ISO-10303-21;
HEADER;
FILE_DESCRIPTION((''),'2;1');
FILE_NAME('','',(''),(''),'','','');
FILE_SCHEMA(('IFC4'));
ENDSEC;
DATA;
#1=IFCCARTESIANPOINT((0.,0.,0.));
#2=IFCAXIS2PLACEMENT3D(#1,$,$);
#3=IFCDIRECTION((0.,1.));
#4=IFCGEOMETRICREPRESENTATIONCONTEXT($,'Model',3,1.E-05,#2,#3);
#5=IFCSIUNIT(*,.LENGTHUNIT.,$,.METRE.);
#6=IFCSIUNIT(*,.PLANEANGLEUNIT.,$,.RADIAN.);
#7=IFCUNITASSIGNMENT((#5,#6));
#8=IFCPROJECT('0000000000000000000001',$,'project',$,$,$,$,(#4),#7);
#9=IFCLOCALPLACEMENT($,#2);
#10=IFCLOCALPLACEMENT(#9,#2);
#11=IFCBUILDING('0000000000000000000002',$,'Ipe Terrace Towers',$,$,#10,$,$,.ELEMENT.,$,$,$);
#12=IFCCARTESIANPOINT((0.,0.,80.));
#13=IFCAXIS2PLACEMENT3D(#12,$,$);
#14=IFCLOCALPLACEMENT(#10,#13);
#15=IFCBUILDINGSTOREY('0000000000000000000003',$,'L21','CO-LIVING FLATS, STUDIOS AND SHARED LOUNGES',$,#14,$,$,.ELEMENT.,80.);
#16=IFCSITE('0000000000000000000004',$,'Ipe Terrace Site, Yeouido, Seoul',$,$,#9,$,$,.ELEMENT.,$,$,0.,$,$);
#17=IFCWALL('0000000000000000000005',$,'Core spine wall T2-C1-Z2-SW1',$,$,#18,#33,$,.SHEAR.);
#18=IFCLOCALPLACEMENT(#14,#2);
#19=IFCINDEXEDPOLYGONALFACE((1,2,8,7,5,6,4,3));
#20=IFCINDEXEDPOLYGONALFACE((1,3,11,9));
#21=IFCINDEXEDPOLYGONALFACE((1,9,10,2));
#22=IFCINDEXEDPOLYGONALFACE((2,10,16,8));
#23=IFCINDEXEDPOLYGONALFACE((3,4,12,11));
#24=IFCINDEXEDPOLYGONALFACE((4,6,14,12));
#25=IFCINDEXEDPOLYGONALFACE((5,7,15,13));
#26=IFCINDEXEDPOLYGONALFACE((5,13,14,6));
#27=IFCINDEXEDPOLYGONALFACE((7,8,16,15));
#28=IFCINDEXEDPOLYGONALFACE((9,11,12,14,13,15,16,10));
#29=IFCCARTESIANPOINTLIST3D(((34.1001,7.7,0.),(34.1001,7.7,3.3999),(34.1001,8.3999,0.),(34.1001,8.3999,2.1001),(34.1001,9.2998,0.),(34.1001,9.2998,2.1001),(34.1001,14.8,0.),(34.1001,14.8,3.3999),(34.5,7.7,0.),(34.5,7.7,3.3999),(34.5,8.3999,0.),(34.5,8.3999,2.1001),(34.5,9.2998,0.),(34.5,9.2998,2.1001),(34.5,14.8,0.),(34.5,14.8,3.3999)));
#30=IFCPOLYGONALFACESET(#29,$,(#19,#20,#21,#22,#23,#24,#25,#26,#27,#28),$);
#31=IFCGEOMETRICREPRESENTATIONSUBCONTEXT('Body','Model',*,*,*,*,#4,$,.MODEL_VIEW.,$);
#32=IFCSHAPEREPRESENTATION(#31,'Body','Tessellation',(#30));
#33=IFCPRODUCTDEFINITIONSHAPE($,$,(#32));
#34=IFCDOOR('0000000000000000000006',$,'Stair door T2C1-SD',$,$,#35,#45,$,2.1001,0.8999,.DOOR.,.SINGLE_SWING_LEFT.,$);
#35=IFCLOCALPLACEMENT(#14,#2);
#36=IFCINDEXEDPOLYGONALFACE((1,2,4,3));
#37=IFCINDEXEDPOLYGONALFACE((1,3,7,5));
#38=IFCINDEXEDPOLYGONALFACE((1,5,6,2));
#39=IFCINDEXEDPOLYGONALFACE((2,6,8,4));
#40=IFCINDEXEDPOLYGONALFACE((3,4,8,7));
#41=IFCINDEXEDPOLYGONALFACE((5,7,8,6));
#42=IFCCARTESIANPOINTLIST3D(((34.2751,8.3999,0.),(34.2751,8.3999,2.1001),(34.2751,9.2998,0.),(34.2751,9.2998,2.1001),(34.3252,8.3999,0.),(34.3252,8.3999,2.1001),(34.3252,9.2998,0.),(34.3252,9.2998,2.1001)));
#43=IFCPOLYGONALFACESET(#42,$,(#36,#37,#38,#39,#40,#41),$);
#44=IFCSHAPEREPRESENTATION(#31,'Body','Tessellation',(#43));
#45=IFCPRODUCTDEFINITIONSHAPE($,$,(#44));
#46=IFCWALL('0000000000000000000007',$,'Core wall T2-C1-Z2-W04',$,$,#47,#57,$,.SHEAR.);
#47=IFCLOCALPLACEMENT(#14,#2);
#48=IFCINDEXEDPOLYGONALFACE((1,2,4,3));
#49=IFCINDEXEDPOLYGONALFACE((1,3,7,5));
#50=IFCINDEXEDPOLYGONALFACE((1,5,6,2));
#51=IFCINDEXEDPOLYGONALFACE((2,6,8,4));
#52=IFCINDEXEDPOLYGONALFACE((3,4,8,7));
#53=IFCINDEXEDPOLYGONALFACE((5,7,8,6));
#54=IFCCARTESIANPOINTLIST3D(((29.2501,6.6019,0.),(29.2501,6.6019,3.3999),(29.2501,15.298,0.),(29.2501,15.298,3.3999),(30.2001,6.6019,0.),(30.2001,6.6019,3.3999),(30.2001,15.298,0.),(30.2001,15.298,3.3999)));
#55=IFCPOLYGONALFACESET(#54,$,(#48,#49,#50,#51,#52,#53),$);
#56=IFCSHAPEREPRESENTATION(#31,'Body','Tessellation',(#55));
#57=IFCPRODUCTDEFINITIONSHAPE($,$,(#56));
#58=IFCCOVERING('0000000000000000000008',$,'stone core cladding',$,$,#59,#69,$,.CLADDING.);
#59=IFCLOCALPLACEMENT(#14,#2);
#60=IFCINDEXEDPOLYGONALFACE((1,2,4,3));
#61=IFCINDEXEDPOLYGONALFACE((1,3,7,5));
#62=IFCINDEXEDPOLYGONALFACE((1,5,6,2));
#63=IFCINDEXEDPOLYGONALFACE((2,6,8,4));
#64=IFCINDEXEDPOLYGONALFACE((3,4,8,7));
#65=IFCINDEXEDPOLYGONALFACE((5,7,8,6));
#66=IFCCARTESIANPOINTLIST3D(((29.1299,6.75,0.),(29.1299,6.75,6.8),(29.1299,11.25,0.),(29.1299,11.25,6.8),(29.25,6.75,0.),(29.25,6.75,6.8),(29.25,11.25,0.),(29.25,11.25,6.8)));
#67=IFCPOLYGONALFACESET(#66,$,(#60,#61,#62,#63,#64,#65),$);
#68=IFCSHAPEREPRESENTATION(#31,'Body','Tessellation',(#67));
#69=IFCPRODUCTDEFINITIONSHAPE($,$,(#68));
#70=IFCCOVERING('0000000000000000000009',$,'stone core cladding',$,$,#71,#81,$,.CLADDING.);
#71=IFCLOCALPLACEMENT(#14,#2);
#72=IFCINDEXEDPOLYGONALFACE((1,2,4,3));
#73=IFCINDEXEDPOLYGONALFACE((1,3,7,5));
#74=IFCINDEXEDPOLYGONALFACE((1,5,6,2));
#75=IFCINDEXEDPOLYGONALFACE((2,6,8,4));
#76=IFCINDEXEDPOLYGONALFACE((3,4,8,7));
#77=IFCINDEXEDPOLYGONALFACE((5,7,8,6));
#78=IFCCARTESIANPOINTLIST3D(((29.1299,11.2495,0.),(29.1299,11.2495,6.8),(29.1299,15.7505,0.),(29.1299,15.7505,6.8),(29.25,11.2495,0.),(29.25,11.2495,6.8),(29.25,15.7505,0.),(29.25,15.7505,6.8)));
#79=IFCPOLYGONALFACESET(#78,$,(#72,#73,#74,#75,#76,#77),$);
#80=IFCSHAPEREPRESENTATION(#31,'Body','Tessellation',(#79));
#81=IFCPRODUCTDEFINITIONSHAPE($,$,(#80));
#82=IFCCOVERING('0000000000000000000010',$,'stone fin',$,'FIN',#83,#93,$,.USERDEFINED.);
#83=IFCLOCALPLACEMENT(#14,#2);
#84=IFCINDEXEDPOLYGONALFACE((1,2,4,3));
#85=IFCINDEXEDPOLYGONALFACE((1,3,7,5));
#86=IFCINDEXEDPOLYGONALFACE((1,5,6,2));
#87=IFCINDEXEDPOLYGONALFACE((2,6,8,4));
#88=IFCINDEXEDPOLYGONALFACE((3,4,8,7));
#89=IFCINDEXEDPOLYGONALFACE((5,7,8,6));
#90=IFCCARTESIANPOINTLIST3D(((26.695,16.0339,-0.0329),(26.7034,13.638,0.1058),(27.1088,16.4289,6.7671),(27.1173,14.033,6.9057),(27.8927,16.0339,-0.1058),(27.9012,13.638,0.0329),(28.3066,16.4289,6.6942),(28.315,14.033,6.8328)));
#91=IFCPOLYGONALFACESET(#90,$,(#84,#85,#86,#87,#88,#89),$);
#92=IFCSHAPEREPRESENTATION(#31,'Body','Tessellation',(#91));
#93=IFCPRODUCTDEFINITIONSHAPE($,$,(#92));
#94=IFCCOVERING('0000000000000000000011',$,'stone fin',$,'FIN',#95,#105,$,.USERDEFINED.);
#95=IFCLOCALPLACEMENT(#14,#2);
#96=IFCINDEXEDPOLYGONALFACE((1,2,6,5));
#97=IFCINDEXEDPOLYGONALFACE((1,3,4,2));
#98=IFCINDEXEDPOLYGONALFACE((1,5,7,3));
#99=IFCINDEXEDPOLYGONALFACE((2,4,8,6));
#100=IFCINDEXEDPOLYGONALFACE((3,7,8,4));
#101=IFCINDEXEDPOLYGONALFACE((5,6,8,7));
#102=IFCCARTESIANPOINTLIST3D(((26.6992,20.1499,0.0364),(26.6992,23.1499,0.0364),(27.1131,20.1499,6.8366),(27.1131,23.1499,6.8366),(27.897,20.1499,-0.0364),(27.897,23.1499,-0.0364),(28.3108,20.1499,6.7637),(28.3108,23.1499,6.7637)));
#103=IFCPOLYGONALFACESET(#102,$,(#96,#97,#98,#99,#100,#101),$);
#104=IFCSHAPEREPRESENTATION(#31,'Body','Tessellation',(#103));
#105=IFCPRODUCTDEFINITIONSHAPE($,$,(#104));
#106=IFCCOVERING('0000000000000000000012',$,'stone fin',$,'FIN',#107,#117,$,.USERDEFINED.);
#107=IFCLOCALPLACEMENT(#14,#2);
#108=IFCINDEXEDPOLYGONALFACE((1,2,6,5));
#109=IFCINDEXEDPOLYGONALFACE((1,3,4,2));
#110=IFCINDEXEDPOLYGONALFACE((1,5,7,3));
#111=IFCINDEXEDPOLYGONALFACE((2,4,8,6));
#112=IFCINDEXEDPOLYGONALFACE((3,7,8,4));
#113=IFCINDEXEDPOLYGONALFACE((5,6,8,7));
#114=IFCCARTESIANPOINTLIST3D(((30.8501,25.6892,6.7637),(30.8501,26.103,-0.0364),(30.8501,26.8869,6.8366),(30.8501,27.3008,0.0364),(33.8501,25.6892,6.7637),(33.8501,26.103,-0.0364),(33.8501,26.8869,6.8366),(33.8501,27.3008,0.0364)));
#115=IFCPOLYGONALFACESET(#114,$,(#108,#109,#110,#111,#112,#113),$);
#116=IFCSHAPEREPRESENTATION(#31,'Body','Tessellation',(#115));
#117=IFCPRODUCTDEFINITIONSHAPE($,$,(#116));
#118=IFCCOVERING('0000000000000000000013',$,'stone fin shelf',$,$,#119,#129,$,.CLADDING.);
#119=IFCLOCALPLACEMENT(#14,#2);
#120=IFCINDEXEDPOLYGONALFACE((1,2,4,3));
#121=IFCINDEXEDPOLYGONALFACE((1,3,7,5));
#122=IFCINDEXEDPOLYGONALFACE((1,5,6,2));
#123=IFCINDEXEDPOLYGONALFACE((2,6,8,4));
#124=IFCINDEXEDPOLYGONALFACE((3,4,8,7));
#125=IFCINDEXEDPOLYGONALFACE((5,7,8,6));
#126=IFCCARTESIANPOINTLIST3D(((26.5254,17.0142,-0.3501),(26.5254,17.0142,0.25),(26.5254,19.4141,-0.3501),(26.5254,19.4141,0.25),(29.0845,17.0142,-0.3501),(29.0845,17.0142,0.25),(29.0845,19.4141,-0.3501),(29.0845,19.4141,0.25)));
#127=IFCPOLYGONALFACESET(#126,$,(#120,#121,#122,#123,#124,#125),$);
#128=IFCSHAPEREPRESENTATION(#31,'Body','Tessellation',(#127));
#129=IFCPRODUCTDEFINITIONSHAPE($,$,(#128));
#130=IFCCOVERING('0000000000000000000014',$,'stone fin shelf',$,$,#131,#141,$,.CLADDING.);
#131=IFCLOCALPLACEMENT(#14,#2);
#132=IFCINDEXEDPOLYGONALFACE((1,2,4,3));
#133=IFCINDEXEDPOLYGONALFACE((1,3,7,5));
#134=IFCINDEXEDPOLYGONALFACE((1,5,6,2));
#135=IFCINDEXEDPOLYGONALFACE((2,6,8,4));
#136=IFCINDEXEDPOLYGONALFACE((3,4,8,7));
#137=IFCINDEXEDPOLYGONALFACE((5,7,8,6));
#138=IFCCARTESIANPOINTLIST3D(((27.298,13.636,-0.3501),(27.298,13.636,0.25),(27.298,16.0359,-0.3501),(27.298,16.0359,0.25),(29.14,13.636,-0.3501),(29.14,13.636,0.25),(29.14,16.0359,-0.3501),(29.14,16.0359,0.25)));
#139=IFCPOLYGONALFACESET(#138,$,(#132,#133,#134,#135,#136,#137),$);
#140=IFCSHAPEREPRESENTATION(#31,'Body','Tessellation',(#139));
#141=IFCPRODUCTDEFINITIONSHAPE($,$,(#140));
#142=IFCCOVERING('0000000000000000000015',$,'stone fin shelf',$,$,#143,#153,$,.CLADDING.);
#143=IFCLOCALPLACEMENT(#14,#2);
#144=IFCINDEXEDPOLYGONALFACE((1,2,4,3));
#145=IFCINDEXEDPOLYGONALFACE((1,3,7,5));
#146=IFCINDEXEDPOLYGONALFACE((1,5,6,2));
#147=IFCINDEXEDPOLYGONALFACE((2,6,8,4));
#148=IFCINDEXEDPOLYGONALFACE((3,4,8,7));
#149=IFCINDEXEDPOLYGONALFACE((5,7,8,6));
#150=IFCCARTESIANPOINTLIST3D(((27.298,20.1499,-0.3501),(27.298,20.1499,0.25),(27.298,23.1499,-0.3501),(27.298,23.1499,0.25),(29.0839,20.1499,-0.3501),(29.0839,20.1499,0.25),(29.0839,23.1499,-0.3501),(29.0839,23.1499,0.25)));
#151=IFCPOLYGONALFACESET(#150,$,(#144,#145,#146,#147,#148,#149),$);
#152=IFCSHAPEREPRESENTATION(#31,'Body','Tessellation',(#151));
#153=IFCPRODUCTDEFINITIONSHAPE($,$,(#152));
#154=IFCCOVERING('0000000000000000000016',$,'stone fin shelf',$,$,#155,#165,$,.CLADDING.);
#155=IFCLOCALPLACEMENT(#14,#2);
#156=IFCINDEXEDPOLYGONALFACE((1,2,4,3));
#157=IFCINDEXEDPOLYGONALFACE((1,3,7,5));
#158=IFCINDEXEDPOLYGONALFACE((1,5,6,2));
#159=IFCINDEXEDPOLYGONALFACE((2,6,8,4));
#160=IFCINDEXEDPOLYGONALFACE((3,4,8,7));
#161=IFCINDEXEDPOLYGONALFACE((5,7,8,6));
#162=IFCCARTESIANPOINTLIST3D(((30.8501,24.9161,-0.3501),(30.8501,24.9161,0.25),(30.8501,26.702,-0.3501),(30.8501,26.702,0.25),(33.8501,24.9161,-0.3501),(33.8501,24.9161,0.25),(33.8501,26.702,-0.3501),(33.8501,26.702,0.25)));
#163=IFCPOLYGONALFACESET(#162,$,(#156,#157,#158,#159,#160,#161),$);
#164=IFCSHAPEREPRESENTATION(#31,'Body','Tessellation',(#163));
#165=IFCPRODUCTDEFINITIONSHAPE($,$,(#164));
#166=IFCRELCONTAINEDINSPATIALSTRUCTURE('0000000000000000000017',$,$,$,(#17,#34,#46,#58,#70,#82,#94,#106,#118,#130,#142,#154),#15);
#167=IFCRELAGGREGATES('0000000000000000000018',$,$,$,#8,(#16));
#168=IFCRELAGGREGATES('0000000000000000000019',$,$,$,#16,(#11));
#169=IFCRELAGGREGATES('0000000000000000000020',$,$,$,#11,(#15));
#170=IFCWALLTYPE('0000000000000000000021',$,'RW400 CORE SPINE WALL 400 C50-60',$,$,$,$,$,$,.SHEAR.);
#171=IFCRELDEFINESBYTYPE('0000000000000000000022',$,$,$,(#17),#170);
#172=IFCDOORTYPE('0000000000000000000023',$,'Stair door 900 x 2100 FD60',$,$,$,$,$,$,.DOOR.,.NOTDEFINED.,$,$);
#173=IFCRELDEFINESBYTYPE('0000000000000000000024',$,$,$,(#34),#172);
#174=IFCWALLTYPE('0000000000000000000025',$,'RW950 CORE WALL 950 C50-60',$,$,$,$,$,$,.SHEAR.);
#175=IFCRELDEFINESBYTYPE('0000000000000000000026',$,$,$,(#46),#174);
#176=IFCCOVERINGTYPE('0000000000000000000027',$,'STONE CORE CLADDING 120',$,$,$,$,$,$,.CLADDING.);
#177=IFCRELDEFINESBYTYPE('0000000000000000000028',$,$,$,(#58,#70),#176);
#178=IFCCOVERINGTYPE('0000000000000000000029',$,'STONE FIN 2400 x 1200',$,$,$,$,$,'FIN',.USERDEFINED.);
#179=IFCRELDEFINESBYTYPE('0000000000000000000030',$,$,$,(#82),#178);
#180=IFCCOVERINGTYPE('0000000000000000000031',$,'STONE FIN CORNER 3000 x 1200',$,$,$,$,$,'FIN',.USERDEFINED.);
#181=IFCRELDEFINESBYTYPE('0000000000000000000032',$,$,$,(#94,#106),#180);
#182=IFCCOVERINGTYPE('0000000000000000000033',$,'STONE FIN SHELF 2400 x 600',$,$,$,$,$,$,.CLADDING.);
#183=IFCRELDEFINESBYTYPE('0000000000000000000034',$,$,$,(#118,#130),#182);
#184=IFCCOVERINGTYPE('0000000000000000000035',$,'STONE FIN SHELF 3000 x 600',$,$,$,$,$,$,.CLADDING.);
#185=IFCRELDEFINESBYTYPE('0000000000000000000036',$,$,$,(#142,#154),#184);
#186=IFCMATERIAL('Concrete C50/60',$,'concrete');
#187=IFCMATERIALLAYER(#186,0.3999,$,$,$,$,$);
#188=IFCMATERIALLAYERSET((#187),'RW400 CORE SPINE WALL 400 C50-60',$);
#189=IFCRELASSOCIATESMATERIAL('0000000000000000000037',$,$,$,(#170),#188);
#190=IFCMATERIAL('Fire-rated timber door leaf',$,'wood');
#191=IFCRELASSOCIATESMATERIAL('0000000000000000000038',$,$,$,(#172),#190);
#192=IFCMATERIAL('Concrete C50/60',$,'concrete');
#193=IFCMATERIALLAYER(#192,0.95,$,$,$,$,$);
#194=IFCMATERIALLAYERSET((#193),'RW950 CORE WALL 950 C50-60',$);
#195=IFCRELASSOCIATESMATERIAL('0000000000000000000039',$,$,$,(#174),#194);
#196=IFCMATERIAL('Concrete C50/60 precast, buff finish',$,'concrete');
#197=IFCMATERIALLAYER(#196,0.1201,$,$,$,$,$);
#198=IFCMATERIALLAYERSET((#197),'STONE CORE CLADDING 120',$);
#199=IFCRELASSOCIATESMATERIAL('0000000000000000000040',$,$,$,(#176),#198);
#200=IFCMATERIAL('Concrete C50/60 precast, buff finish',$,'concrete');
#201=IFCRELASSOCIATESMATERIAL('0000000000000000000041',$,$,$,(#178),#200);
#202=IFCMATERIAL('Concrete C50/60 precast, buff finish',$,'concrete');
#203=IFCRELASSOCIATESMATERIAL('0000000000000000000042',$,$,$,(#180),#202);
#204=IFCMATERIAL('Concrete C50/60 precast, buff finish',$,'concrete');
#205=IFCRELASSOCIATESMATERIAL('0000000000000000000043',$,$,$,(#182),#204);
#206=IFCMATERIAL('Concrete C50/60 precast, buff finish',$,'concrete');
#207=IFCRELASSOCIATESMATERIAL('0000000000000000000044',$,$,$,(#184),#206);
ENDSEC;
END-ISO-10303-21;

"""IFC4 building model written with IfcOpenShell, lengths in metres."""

from ifc_helpers import new_model, si_unit, direction, frame, frame_2d, origin, origin_2d, place, context, subcontext, project, spatial, rectangle, extrude, material, layer, layer_set, material_profile, profile_set, type_object, element, fill, save


model = new_model("IFC4")

# Units and contexts
model_context = context("Model", 3, precision=1e-05, world=origin(), true_north=direction((0.0, 1.0)))
body_context = subcontext(model_context, "Body", "Model", "MODEL_VIEW")
ifc_project = project(units=[si_unit("LENGTHUNIT", "METRE"), si_unit("PLANEANGLEUNIT", "RADIAN")], contexts=[model_context])

# Site, building, storey
site_placement = place(None, origin())
site = spatial("IfcSite", under=ifc_project, at=site_placement, Name="Ipe Terrace Site, Yeouido, Seoul", CompositionType="ELEMENT", RefElevation=0.0)
building_placement = place(site_placement, origin())
building = spatial("IfcBuilding", under=site, at=building_placement, Name="Ipe Terrace Towers", CompositionType="ELEMENT")
storey_placement = place(building_placement, frame((0.0, 0.0, 80.0)))
storey = spatial("IfcBuildingStorey", under=building, at=storey_placement, Name="L21", Description="CO-LIVING FLATS, STUDIOS AND SHARED LOUNGES", CompositionType="ELEMENT", Elevation=80.0)

# Wall, opening, door
ifc_material_1 = material(Name="Concrete C50/60", Category="concrete")
ifc_layer_1 = layer(ifc_material_1, 0.3999)
ifc_layer_set_1 = layer_set([ifc_layer_1], Name="RW400 CORE SPINE WALL 400 C50-60")
wall_type_1 = type_object("IfcWallType", Name="RW400 CORE SPINE WALL 400 C50-60", PredefinedType="SHEAR", material=ifc_layer_set_1)
wall_1_placement = place(storey_placement, frame((34.3, 7.7, 0.0), z_axis=(0.0, 0.0, 1.0), x_axis=(0.0, 1.0, 0.0)))
wall_1 = element("IfcWall", 1, at=wall_1_placement, inside=storey, type_object=wall_type_1, Name="Core spine wall T2-C1-Z2-SW1", PredefinedType="SHEAR", context=body_context, shape_type="SweptSolid", body=[
    extrude(rectangle(XDim=7.1001, YDim=0.3999, at=frame_2d((3.55, 0.0))), origin(), (0.0, 0.0, 1.0), 3.3999),
])
opening_1_placement = place(wall_1_placement, frame((0.7, 0.0, 0.0)))
opening_1 = element("IfcOpeningElement", 2, at=opening_1_placement, cuts=wall_1, PredefinedType="OPENING", context=body_context, shape_type="SweptSolid", body=[
    extrude(rectangle(XDim=0.8999, YDim=2.1001, at=frame_2d((0.45, 1.05))), frame((0.0, 0.21, 0.0), z_axis=(0.0, -1.0, 0.0), x_axis=(1.0, 0.0, 0.0)), (0.0, 0.0, 1.0), 0.4199),
])
ifc_material_2 = material(Name="Fire-rated timber door leaf", Category="wood")
door_type_1 = type_object("IfcDoorType", Name="Stair door 900 x 2100 FD60", OperationType="NOTDEFINED", PredefinedType="DOOR", material=ifc_material_2)
door_1_placement = place(opening_1_placement, origin())
door_1 = element("IfcDoor", 3, at=door_1_placement, inside=storey, type_object=door_type_1, Name="Stair door T2C1-SD", OperationType="SINGLE_SWING_LEFT", OverallHeight=2.1001, OverallWidth=0.8999, PredefinedType="DOOR", context=body_context, shape_type="SweptSolid", body=[
    extrude(rectangle(XDim=0.8999, YDim=2.1001, at=frame_2d((0.45, 1.05))), frame((0.0, 0.0249, 0.0), z_axis=(0.0, -1.0, 0.0), x_axis=(1.0, 0.0, 0.0)), (0.0, 0.0, 1.0), 0.05),
])
fill(opening_1, door_1)

# Wall
ifc_material_3 = material(Name="Concrete C50/60", Category="concrete")
ifc_layer_2 = layer(ifc_material_3, 0.95)
ifc_layer_set_2 = layer_set([ifc_layer_2], Name="RW950 CORE WALL 950 C50-60")
wall_type_2 = type_object("IfcWallType", Name="RW950 CORE WALL 950 C50-60", PredefinedType="SHEAR", material=ifc_layer_set_2)
wall_2_placement = place(storey_placement, frame((29.7251, 15.2981, 0.0), z_axis=(0.0, 0.0, 1.0), x_axis=(0.0, -1.0, 0.0)))
element("IfcWall", 4, at=wall_2_placement, inside=storey, type_object=wall_type_2, Name="Core wall T2-C1-Z2-W04", PredefinedType="SHEAR", context=body_context, shape_type="SweptSolid", body=[
    extrude(rectangle(XDim=8.696, YDim=0.95, at=frame_2d((4.3481, 0.0))), origin(), (0.0, 0.0, 1.0), 3.3999),
])

# Coverings
ifc_material_4 = material(Name="Concrete C50/60 precast, buff finish", Category="concrete")
ifc_layer_3 = layer(ifc_material_4, 0.1201)
ifc_layer_set_3 = layer_set([ifc_layer_3], Name="STONE CORE CLADDING 120")
covering_type_1 = type_object("IfcCoveringType", Name="STONE CORE CLADDING 120", PredefinedType="CLADDING", material=ifc_layer_set_3)
covering_1_placement = place(storey_placement, frame((29.1899, 9.0, 0.0), z_axis=(0.0, 0.0, 1.0), x_axis=(0.0, -1.0, 0.0)))
element("IfcCovering", 5, at=covering_1_placement, inside=storey, type_object=covering_type_1, Name="stone core cladding", PredefinedType="CLADDING", context=body_context, shape_type="SweptSolid", body=[
    extrude(rectangle(XDim=4.5, YDim=0.1201, at=origin_2d()), origin(), (0.0, 0.0, 1.0), 6.8),
])
covering_2_placement = place(storey_placement, frame((29.1899, 13.5, 0.0), z_axis=(0.0, 0.0, 1.0), x_axis=(0.0, -1.0, 0.0)))
element("IfcCovering", 6, at=covering_2_placement, inside=storey, type_object=covering_type_1, Name="stone core cladding", PredefinedType="CLADDING", context=body_context, shape_type="SweptSolid", body=[
    extrude(rectangle(XDim=4.501, YDim=0.1201, at=origin_2d()), origin(), (0.0, 0.0, 1.0), 6.8),
])
ifc_material_5 = material(Name="Concrete C50/60 precast, buff finish", Category="concrete")
ifc_material_profile_1 = material_profile(ifc_material_5, rectangle(XDim=2.3999, YDim=1.2, at=origin_2d()), Name="STONE FIN 2400 x 1200")
ifc_profile_set_1 = profile_set([ifc_material_profile_1], Name="Concrete C50/60 precast, buff finish")
covering_type_2 = type_object("IfcCoveringType", Name="STONE FIN 2400 x 1200", ElementType="FIN", PredefinedType="USERDEFINED", material=ifc_profile_set_1)
covering_3_placement = place(storey_placement, frame((27.2981, 14.8359, 0.0), z_axis=(0.060641, 0.057886, 0.99648), x_axis=(0.003516, -0.998323, 0.057779)))
element("IfcCovering", 7, at=covering_3_placement, inside=storey, type_object=covering_type_2, Name="stone fin", ObjectType="FIN", PredefinedType="USERDEFINED", context=body_context, shape_type="SweptSolid", body=[
    extrude(rectangle(XDim=2.3999, YDim=1.2, at=origin_2d()), origin(), (0.0, 0.0, 1.0), 6.824),
])
ifc_material_6 = material(Name="Concrete C50/60 precast, buff finish", Category="concrete")
ifc_material_profile_2 = material_profile(ifc_material_6, rectangle(XDim=3.0, YDim=1.2, at=origin_2d()), Name="STONE FIN CORNER 3000 x 1200")
ifc_profile_set_2 = profile_set([ifc_material_profile_2], Name="Concrete C50/60 precast, buff finish")
covering_type_3 = type_object("IfcCoveringType", Name="STONE FIN CORNER 3000 x 1200", ElementType="FIN", PredefinedType="USERDEFINED", material=ifc_profile_set_2)
for number, where, z_axis, x_axis, name in (
    (8, (27.2981, 21.6499, 0.0), (0.060743, 0.0, 0.998153), (0.0, -1.0, 0.0), "stone fin"),
    (9, (32.3501, 26.7019, 0.0), (0.0, -0.060743, 0.998153), (-1.0, 0.0, 0.0), "stone fin"),
):
    element("IfcCovering", number, at=place(storey_placement, frame(where, z_axis=z_axis, x_axis=x_axis)), inside=storey, type_object=covering_type_3, Name=name, ObjectType="FIN", PredefinedType="USERDEFINED", context=body_context, shape_type="SweptSolid", body=[
        extrude(rectangle(XDim=3.0, YDim=1.2, at=origin_2d()), origin(), (0.0, 0.0, 1.0), 6.8127),
    ])
ifc_material_7 = material(Name="Concrete C50/60 precast, buff finish", Category="concrete")
covering_type_4 = type_object("IfcCoveringType", Name="STONE FIN SHELF 2400 x 600", PredefinedType="CLADDING", material=ifc_material_7)
covering_4_placement = place(storey_placement, frame((27.8049, 18.2141, -0.3501), z_axis=(0.0, 0.0, 1.0), x_axis=(0.0, -1.0, 0.0)))
element("IfcCovering", 10, at=covering_4_placement, inside=storey, type_object=covering_type_4, Name="stone fin shelf", PredefinedType="CLADDING", context=body_context, shape_type="SweptSolid", body=[
    extrude(rectangle(XDim=2.3999, YDim=2.5591, at=origin_2d()), origin(), (0.0, 0.0, 1.0), 0.6001),
])
covering_5_placement = place(storey_placement, frame((28.219, 14.8359, -0.3501), z_axis=(0.0, 0.0, 1.0), x_axis=(0.0, -1.0, 0.0)))
element("IfcCovering", 11, at=covering_5_placement, inside=storey, type_object=covering_type_4, Name="stone fin shelf", PredefinedType="CLADDING", context=body_context, shape_type="SweptSolid", body=[
    extrude(rectangle(XDim=2.3999, YDim=1.842, at=origin_2d()), origin(), (0.0, 0.0, 1.0), 0.6001),
])
ifc_material_8 = material(Name="Concrete C50/60 precast, buff finish", Category="concrete")
covering_type_5 = type_object("IfcCoveringType", Name="STONE FIN SHELF 3000 x 600", PredefinedType="CLADDING", material=ifc_material_8)
for number, where, z_axis, x_axis, name in (
    (12, (28.1909, 21.6499, -0.3501), (0.0, 0.0, 1.0), (0.0, -1.0, 0.0), "stone fin shelf"),
    (13, (32.3501, 25.8091, -0.3501), (0.0, 0.0, 1.0), (-1.0, 0.0, 0.0), "stone fin shelf"),
):
    element("IfcCovering", number, at=place(storey_placement, frame(where, z_axis=z_axis, x_axis=x_axis)), inside=storey, type_object=covering_type_5, Name=name, PredefinedType="CLADDING", context=body_context, shape_type="SweptSolid", body=[
        extrude(rectangle(XDim=3.0, YDim=1.7859, at=origin_2d()), origin(), (0.0, 0.0, 1.0), 0.6001),
    ])

save(model, "model.ifc")
